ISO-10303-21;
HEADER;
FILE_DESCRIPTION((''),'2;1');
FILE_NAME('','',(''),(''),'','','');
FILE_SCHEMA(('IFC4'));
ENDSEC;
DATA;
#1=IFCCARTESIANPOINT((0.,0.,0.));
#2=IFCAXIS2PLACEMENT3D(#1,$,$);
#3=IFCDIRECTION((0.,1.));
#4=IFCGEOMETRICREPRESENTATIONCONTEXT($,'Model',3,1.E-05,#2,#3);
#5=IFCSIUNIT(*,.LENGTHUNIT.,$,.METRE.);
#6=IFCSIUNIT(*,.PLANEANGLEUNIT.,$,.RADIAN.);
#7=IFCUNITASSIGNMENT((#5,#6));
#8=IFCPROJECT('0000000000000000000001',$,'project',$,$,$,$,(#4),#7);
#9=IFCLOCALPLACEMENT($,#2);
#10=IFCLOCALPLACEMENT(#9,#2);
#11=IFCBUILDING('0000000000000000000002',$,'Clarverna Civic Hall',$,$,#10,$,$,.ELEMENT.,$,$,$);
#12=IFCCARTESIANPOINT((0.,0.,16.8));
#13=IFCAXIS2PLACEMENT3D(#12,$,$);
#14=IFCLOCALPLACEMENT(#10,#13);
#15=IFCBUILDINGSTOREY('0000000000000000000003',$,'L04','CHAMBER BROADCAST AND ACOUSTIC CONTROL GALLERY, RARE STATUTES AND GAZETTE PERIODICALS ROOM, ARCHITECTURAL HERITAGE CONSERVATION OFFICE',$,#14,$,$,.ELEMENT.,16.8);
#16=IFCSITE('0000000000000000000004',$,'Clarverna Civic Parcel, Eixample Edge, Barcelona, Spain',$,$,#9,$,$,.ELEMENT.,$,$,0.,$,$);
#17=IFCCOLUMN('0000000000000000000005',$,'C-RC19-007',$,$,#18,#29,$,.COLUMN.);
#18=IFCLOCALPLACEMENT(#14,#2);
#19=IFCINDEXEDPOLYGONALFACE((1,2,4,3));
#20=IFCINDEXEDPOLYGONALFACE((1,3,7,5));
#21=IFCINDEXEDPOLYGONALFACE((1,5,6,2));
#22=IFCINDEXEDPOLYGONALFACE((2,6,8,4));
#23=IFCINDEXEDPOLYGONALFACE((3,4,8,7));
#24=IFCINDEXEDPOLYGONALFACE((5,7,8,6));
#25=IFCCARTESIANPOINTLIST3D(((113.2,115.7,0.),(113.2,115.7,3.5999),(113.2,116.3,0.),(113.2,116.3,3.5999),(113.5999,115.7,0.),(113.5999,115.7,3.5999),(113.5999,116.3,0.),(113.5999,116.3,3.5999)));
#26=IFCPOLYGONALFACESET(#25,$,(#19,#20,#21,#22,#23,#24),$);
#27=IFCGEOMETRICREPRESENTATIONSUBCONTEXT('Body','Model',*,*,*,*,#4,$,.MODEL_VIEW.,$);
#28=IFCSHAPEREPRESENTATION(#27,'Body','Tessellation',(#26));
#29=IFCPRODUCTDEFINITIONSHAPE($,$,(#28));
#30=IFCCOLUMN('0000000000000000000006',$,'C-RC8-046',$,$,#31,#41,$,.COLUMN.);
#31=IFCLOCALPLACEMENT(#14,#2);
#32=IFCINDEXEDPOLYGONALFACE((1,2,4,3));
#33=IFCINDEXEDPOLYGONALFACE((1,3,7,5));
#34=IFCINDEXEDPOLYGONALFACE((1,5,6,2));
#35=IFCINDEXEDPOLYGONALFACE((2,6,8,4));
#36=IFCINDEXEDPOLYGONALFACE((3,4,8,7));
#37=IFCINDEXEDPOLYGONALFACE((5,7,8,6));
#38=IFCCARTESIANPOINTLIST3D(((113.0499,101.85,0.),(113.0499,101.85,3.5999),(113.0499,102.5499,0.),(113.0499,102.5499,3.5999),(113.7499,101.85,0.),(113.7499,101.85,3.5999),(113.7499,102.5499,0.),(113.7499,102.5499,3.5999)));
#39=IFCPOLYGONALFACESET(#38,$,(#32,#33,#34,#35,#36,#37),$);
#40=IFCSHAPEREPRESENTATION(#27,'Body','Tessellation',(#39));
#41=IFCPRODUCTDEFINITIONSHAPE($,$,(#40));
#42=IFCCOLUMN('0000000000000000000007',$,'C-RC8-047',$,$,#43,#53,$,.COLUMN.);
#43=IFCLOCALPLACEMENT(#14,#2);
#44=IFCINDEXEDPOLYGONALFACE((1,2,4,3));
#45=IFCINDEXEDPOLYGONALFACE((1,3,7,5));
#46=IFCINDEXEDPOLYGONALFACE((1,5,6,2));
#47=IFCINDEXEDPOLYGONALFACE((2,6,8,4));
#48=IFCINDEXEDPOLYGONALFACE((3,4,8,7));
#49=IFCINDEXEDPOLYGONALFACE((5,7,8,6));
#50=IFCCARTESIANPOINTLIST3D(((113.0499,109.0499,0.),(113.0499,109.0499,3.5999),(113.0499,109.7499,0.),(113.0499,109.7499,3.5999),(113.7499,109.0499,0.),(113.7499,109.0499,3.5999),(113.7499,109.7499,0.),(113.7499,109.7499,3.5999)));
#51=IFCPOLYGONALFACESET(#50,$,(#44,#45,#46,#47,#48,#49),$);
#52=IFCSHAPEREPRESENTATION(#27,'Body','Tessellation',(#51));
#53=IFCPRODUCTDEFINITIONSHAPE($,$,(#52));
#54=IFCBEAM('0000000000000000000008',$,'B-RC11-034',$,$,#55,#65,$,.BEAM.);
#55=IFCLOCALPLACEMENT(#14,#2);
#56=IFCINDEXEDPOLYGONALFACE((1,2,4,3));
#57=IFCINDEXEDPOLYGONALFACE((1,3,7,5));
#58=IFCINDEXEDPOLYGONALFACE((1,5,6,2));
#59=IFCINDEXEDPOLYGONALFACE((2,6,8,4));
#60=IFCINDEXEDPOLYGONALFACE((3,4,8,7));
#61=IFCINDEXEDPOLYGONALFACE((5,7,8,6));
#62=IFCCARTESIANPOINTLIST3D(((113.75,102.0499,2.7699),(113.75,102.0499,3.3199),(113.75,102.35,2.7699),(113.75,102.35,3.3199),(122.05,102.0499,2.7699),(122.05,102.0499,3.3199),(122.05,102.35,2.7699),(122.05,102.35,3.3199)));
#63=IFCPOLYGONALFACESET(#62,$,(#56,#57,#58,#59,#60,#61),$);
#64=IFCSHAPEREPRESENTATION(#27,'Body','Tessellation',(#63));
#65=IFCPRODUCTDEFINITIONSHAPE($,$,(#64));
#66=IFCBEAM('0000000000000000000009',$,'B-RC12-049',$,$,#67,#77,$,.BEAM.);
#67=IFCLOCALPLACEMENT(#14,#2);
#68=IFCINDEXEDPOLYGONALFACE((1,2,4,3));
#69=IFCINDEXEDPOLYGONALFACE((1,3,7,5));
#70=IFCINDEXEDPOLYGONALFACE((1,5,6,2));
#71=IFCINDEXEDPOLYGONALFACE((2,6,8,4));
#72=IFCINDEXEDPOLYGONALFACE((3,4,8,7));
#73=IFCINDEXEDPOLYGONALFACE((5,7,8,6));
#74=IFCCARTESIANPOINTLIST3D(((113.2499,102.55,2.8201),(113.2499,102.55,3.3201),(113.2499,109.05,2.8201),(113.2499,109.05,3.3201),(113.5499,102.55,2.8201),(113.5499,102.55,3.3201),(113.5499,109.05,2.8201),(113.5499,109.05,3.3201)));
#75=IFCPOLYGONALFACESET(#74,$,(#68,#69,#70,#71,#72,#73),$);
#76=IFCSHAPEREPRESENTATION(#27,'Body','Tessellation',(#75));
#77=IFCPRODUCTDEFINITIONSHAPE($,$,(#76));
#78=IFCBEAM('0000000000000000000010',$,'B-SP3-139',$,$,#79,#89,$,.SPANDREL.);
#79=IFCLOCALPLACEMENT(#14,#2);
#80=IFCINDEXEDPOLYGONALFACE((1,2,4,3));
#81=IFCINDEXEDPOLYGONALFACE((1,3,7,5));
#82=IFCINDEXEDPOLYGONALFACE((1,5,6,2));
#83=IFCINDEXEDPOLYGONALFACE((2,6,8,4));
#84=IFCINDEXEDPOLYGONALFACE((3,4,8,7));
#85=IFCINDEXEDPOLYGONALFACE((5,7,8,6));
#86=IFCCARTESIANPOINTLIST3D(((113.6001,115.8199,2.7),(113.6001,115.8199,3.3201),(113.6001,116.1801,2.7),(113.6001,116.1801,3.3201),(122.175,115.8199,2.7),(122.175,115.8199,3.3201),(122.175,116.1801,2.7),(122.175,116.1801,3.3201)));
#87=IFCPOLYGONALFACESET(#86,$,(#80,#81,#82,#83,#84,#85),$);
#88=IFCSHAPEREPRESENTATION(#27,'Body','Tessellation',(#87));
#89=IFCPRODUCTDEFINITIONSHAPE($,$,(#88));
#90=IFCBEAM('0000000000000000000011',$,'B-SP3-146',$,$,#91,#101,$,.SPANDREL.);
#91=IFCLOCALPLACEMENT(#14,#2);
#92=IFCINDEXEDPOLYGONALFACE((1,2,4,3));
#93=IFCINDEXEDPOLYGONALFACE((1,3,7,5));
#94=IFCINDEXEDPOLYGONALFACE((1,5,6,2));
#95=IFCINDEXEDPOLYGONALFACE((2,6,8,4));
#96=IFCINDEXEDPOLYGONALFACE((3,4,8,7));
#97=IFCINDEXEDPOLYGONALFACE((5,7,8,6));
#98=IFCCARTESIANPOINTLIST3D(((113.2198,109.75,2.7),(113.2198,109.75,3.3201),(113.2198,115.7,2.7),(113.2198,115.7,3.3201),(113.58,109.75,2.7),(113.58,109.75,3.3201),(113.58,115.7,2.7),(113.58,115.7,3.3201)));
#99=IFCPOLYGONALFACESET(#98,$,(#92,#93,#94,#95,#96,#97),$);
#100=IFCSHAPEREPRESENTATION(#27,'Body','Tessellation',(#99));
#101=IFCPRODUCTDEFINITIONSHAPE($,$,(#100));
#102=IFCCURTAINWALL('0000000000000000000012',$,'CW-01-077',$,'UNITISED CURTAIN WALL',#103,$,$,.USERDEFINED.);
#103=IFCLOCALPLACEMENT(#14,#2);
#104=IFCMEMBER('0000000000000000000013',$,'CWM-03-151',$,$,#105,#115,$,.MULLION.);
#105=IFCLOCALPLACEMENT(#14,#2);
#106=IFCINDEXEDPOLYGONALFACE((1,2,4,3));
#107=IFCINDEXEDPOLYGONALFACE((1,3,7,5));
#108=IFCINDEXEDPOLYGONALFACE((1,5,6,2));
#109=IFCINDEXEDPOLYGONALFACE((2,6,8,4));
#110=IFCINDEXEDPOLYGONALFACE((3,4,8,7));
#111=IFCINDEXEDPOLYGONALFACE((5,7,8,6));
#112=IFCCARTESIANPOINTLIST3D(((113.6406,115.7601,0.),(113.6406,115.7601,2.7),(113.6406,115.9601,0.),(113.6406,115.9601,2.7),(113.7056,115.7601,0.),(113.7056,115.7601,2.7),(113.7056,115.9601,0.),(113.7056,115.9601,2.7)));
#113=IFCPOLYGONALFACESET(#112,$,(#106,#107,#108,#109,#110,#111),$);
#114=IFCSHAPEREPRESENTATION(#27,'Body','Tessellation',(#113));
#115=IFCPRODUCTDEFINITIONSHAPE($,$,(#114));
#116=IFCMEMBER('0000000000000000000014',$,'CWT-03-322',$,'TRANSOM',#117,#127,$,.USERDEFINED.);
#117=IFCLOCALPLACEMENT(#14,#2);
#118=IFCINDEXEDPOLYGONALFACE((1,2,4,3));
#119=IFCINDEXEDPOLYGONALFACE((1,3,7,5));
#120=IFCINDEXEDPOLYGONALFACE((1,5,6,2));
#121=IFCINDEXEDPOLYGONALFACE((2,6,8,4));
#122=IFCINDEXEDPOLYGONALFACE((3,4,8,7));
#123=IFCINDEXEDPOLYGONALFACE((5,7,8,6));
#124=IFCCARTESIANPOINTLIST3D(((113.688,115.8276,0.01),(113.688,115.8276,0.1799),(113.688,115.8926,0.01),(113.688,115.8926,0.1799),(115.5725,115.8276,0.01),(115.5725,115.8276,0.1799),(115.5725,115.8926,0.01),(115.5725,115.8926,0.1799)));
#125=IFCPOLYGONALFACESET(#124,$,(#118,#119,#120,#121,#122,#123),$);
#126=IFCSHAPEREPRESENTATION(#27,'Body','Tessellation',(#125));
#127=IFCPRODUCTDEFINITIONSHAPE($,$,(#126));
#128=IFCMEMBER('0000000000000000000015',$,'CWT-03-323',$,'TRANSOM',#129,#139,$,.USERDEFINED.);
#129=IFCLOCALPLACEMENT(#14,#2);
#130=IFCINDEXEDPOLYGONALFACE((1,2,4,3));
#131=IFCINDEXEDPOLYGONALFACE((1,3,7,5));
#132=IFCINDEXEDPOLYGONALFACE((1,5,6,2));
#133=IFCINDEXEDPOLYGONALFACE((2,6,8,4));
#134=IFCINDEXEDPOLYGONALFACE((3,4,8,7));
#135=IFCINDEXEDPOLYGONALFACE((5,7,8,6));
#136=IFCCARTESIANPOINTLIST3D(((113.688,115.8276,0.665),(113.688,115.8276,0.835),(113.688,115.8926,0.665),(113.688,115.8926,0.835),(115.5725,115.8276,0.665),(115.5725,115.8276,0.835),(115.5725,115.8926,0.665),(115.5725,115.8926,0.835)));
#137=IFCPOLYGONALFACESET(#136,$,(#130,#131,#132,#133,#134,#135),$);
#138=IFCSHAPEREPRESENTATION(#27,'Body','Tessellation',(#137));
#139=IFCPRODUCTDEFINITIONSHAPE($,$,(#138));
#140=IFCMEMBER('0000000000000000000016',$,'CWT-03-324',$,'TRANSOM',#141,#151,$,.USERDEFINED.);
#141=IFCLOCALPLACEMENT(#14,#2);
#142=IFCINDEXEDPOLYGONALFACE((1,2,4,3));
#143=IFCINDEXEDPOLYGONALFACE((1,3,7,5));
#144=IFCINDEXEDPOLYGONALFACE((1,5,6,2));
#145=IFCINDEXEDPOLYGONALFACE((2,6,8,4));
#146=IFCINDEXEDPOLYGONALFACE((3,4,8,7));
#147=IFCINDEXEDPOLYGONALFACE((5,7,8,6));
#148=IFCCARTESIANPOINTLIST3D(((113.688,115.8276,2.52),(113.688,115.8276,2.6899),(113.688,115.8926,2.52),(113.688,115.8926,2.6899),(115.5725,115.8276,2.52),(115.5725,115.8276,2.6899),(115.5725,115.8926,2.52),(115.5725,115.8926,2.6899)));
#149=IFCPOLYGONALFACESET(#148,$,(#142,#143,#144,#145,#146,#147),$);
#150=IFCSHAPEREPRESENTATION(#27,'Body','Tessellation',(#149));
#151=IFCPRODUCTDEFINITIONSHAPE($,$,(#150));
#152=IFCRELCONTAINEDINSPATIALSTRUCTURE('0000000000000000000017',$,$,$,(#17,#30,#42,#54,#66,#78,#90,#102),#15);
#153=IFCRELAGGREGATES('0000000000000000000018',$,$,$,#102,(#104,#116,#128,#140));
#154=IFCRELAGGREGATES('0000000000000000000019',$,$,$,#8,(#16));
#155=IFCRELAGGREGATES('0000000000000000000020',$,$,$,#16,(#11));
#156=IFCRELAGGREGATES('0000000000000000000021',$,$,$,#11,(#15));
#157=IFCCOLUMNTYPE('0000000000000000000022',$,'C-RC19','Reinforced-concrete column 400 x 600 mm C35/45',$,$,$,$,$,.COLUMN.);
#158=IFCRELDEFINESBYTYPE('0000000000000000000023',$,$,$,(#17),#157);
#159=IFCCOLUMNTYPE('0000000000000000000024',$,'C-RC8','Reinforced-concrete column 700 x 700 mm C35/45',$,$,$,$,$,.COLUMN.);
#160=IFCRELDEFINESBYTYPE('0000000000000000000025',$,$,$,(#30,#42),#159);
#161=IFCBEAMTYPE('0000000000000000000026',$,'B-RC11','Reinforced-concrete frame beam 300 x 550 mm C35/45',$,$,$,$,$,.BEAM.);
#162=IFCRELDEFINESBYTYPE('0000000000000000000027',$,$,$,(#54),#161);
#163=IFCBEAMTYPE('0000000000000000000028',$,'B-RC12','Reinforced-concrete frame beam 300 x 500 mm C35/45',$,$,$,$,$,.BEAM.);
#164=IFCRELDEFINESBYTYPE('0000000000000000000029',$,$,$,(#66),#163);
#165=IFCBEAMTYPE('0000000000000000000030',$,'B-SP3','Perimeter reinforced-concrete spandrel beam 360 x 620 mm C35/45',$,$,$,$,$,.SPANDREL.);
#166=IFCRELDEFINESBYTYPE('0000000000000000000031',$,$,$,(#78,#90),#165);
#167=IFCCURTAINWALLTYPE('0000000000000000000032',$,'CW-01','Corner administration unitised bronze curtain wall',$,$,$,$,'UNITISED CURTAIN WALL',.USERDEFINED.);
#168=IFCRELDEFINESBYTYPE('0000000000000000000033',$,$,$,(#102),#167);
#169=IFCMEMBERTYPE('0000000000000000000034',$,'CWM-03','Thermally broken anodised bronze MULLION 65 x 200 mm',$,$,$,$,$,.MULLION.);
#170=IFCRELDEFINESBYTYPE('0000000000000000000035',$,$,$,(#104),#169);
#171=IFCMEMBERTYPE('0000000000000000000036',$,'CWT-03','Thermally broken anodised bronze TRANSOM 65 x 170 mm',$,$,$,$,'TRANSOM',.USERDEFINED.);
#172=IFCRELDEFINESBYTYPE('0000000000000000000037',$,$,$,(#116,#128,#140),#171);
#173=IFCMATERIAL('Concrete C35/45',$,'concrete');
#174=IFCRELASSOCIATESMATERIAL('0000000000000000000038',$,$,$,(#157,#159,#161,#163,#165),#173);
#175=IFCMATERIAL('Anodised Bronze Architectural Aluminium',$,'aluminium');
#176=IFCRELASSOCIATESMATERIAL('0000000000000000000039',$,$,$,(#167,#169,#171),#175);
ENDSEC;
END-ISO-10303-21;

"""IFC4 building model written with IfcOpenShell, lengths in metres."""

from ifc_helpers import new_model, si_unit, direction, frame, origin, origin_2d, place, context, subcontext, project, spatial, rectangle, extrude, material, material_profile, profile_set, type_object, element, aggregate, save


model = new_model("IFC4")

# Units and contexts
model_context = context("Model", 3, precision=1e-05, world=origin(), true_north=direction((0.0, 1.0)))
body_context = subcontext(model_context, "Body", "Model", "MODEL_VIEW")
ifc_project = project(units=[si_unit("LENGTHUNIT", "METRE"), si_unit("PLANEANGLEUNIT", "RADIAN")], contexts=[model_context])

# Site, building, storey
site_placement = place(None, origin())
site = spatial("IfcSite", under=ifc_project, at=site_placement, Name="Clarverna Civic Parcel, Eixample Edge, Barcelona, Spain", CompositionType="ELEMENT", RefElevation=0.0)
building_placement = place(site_placement, origin())
building = spatial("IfcBuilding", under=site, at=building_placement, Name="Clarverna Civic Hall", CompositionType="ELEMENT")
storey_placement = place(building_placement, frame((0.0, 0.0, 16.8)))
storey = spatial("IfcBuildingStorey", under=building, at=storey_placement, Name="L04", Description="CHAMBER BROADCAST AND ACOUSTIC CONTROL GALLERY, RARE STATUTES AND GAZETTE PERIODICALS ROOM, ARCHITECTURAL HERITAGE CONSERVATION OFFICE", CompositionType="ELEMENT", Elevation=16.8)

# Columns
ifc_material_1 = material(Name="Concrete C35/45", Category="concrete")
ifc_material_profile_1 = material_profile(ifc_material_1, rectangle(XDim=0.3999, YDim=0.6001, at=origin_2d()), Name="RC 400x600")
ifc_profile_set_1 = profile_set([ifc_material_profile_1], Name="Concrete C35/45")
column_type_1 = type_object("IfcColumnType", Name="C-RC19", Description="Reinforced-concrete column 400 x 600 mm C35/45", PredefinedType="COLUMN", material=ifc_profile_set_1)
column_placement = place(storey_placement, frame((113.3999, 116.0, 0.0), z_axis=(0.0, 0.0, 1.0), x_axis=(1.0, 0.0, 0.0)))
element("IfcColumn", 1, at=column_placement, inside=storey, type_object=column_type_1, Name="C-RC19-007", PredefinedType="COLUMN", context=body_context, shape_type="SweptSolid", body=[
    extrude(rectangle(XDim=0.3999, YDim=0.6001, at=origin_2d()), origin(), (0.0, 0.0, 1.0), 3.5999),
])
ifc_material_profile_2 = material_profile(ifc_material_1, rectangle(XDim=0.7, YDim=0.7, at=origin_2d()), Name="RC 700x700")
ifc_profile_set_2 = profile_set([ifc_material_profile_2], Name="Concrete C35/45")
column_type_2 = type_object("IfcColumnType", Name="C-RC8", Description="Reinforced-concrete column 700 x 700 mm C35/45", PredefinedType="COLUMN", material=ifc_profile_set_2)
for number, where, z_axis, x_axis, name in (
    (2, (113.3999, 102.2, 0.0), (0.0, 0.0, 1.0), (1.0, 0.0, 0.0), "C-RC8-046"),
    (3, (113.3999, 109.3999, 0.0), (0.0, 0.0, 1.0), (1.0, 0.0, 0.0), "C-RC8-047"),
):
    element("IfcColumn", number, at=place(storey_placement, frame(where, z_axis=z_axis, x_axis=x_axis)), inside=storey, type_object=column_type_2, Name=name, PredefinedType="COLUMN", context=body_context, shape_type="SweptSolid", body=[
        extrude(rectangle(XDim=0.7, YDim=0.7, at=origin_2d()), origin(), (0.0, 0.0, 1.0), 3.5999),
    ])

# Beams
ifc_material_profile_3 = material_profile(ifc_material_1, rectangle(XDim=0.3, YDim=0.55, at=origin_2d()), Name="RC 300x550")
ifc_profile_set_3 = profile_set([ifc_material_profile_3], Name="Concrete C35/45")
beam_type_1 = type_object("IfcBeamType", Name="B-RC11", Description="Reinforced-concrete frame beam 300 x 550 mm C35/45", PredefinedType="BEAM", material=ifc_profile_set_3)
beam_1_placement = place(storey_placement, frame((113.75, 102.2, 3.0449), z_axis=(1.0, 0.0, 0.0), x_axis=(0.0, 1.0, 0.0)))
element("IfcBeam", 4, at=beam_1_placement, inside=storey, type_object=beam_type_1, Name="B-RC11-034", PredefinedType="BEAM", context=body_context, shape_type="SweptSolid", body=[
    extrude(rectangle(XDim=0.3, YDim=0.55, at=origin_2d()), origin(), (0.0, 0.0, 1.0), 8.3),
])
ifc_material_profile_4 = material_profile(ifc_material_1, rectangle(XDim=0.3, YDim=0.5, at=origin_2d()), Name="RC 300x500")
ifc_profile_set_4 = profile_set([ifc_material_profile_4], Name="Concrete C35/45")
beam_type_2 = type_object("IfcBeamType", Name="B-RC12", Description="Reinforced-concrete frame beam 300 x 500 mm C35/45", PredefinedType="BEAM", material=ifc_profile_set_4)
beam_2_placement = place(storey_placement, frame((113.3999, 102.55, 3.0701), z_axis=(0.0, 1.0, 0.0), x_axis=(-1.0, 0.0, 0.0)))
element("IfcBeam", 5, at=beam_2_placement, inside=storey, type_object=beam_type_2, Name="B-RC12-049", PredefinedType="BEAM", context=body_context, shape_type="SweptSolid", body=[
    extrude(rectangle(XDim=0.3, YDim=0.5, at=origin_2d()), origin(), (0.0, 0.0, 1.0), 6.5),
])
ifc_material_profile_5 = material_profile(ifc_material_1, rectangle(XDim=0.3601, YDim=0.6201, at=origin_2d()), Name="RC 360x620")
ifc_profile_set_5 = profile_set([ifc_material_profile_5], Name="Concrete C35/45")
beam_type_3 = type_object("IfcBeamType", Name="B-SP3", Description="Perimeter reinforced-concrete spandrel beam 360 x 620 mm C35/45", PredefinedType="SPANDREL", material=ifc_profile_set_5)
beam_3_placement = place(storey_placement, frame((113.6001, 116.0, 3.01), z_axis=(1.0, 0.0, 0.0), x_axis=(0.0, 1.0, 0.0)))
element("IfcBeam", 6, at=beam_3_placement, inside=storey, type_object=beam_type_3, Name="B-SP3-139", PredefinedType="SPANDREL", context=body_context, shape_type="SweptSolid", body=[
    extrude(rectangle(XDim=0.3601, YDim=0.6201, at=origin_2d()), origin(), (0.0, 0.0, 1.0), 8.575),
])
beam_4_placement = place(storey_placement, frame((113.3999, 109.75, 3.01), z_axis=(0.0, 1.0, 0.0), x_axis=(-1.0, 0.0, 0.0)))
element("IfcBeam", 7, at=beam_4_placement, inside=storey, type_object=beam_type_3, Name="B-SP3-146", PredefinedType="SPANDREL", context=body_context, shape_type="SweptSolid", body=[
    extrude(rectangle(XDim=0.3601, YDim=0.6201, at=origin_2d()), origin(), (0.0, 0.0, 1.0), 5.95),
])

# Curtain wall, members
ifc_material_2 = material(Name="Anodised Bronze Architectural Aluminium", Category="aluminium")
curtain_wall_type = type_object("IfcCurtainWallType", Name="CW-01", Description="Corner administration unitised bronze curtain wall", ElementType="UNITISED CURTAIN WALL", PredefinedType="USERDEFINED", material=ifc_material_2)
curtain_wall_placement = place(storey_placement, origin())
curtain_wall = element("IfcCurtainWall", 8, at=curtain_wall_placement, inside=storey, type_object=curtain_wall_type, Name="CW-01-077", ObjectType="UNITISED CURTAIN WALL", PredefinedType="USERDEFINED")
ifc_material_profile_6 = material_profile(ifc_material_2, rectangle(XDim=0.0649, YDim=0.2, at=origin_2d()), Name="BRONZE 65x200")
ifc_profile_set_6 = profile_set([ifc_material_profile_6], Name="Anodised Bronze Architectural Aluminium")
member_type_1 = type_object("IfcMemberType", Name="CWM-03", Description="Thermally broken anodised bronze MULLION 65 x 200 mm", PredefinedType="MULLION", material=ifc_profile_set_6)
member_1_placement = place(storey_placement, frame((113.6731, 115.8601, 0.0), z_axis=(0.0, 0.0, 1.0), x_axis=(1.0, 0.0, 0.0)))
member_1 = element("IfcMember", 9, at=member_1_placement, type_object=member_type_1, Name="CWM-03-151", PredefinedType="MULLION", context=body_context, shape_type="SweptSolid", body=[
    extrude(rectangle(XDim=0.0649, YDim=0.2, at=origin_2d()), origin(), (0.0, 0.0, 1.0), 2.7),
])
ifc_material_profile_7 = material_profile(ifc_material_2, rectangle(XDim=0.0649, YDim=0.1699, at=origin_2d()), Name="BRONZE 65x170")
ifc_profile_set_7 = profile_set([ifc_material_profile_7], Name="Anodised Bronze Architectural Aluminium")
member_type_2 = type_object("IfcMemberType", Name="CWT-03", Description="Thermally broken anodised bronze TRANSOM 65 x 170 mm", ElementType="TRANSOM", PredefinedType="USERDEFINED", material=ifc_profile_set_7)
member_2_placement = place(storey_placement, frame((113.688, 115.8601, 0.095), z_axis=(1.0, 0.0, 0.0), x_axis=(0.0, 1.0, 0.0)))
member_2 = element("IfcMember", 10, at=member_2_placement, type_object=member_type_2, Name="CWT-03-322", ObjectType="TRANSOM", PredefinedType="USERDEFINED", context=body_context, shape_type="SweptSolid", body=[
    extrude(rectangle(XDim=0.0649, YDim=0.1699, at=origin_2d()), origin(), (0.0, 0.0, 1.0), 1.8845),
])
member_3_placement = place(storey_placement, frame((113.688, 115.8601, 0.75), z_axis=(1.0, 0.0, 0.0), x_axis=(0.0, 1.0, 0.0)))
member_3 = element("IfcMember", 11, at=member_3_placement, type_object=member_type_2, Name="CWT-03-323", ObjectType="TRANSOM", PredefinedType="USERDEFINED", context=body_context, shape_type="SweptSolid", body=[
    extrude(rectangle(XDim=0.0649, YDim=0.1699, at=origin_2d()), origin(), (0.0, 0.0, 1.0), 1.8845),
])
member_4_placement = place(storey_placement, frame((113.688, 115.8601, 2.605), z_axis=(1.0, 0.0, 0.0), x_axis=(0.0, 1.0, 0.0)))
member_4 = element("IfcMember", 12, at=member_4_placement, type_object=member_type_2, Name="CWT-03-324", ObjectType="TRANSOM", PredefinedType="USERDEFINED", context=body_context, shape_type="SweptSolid", body=[
    extrude(rectangle(XDim=0.0649, YDim=0.1699, at=origin_2d()), origin(), (0.0, 0.0, 1.0), 1.8845),
])

aggregate(curtain_wall, [member_1, member_2, member_3, member_4])

save(model, "model.ifc")
